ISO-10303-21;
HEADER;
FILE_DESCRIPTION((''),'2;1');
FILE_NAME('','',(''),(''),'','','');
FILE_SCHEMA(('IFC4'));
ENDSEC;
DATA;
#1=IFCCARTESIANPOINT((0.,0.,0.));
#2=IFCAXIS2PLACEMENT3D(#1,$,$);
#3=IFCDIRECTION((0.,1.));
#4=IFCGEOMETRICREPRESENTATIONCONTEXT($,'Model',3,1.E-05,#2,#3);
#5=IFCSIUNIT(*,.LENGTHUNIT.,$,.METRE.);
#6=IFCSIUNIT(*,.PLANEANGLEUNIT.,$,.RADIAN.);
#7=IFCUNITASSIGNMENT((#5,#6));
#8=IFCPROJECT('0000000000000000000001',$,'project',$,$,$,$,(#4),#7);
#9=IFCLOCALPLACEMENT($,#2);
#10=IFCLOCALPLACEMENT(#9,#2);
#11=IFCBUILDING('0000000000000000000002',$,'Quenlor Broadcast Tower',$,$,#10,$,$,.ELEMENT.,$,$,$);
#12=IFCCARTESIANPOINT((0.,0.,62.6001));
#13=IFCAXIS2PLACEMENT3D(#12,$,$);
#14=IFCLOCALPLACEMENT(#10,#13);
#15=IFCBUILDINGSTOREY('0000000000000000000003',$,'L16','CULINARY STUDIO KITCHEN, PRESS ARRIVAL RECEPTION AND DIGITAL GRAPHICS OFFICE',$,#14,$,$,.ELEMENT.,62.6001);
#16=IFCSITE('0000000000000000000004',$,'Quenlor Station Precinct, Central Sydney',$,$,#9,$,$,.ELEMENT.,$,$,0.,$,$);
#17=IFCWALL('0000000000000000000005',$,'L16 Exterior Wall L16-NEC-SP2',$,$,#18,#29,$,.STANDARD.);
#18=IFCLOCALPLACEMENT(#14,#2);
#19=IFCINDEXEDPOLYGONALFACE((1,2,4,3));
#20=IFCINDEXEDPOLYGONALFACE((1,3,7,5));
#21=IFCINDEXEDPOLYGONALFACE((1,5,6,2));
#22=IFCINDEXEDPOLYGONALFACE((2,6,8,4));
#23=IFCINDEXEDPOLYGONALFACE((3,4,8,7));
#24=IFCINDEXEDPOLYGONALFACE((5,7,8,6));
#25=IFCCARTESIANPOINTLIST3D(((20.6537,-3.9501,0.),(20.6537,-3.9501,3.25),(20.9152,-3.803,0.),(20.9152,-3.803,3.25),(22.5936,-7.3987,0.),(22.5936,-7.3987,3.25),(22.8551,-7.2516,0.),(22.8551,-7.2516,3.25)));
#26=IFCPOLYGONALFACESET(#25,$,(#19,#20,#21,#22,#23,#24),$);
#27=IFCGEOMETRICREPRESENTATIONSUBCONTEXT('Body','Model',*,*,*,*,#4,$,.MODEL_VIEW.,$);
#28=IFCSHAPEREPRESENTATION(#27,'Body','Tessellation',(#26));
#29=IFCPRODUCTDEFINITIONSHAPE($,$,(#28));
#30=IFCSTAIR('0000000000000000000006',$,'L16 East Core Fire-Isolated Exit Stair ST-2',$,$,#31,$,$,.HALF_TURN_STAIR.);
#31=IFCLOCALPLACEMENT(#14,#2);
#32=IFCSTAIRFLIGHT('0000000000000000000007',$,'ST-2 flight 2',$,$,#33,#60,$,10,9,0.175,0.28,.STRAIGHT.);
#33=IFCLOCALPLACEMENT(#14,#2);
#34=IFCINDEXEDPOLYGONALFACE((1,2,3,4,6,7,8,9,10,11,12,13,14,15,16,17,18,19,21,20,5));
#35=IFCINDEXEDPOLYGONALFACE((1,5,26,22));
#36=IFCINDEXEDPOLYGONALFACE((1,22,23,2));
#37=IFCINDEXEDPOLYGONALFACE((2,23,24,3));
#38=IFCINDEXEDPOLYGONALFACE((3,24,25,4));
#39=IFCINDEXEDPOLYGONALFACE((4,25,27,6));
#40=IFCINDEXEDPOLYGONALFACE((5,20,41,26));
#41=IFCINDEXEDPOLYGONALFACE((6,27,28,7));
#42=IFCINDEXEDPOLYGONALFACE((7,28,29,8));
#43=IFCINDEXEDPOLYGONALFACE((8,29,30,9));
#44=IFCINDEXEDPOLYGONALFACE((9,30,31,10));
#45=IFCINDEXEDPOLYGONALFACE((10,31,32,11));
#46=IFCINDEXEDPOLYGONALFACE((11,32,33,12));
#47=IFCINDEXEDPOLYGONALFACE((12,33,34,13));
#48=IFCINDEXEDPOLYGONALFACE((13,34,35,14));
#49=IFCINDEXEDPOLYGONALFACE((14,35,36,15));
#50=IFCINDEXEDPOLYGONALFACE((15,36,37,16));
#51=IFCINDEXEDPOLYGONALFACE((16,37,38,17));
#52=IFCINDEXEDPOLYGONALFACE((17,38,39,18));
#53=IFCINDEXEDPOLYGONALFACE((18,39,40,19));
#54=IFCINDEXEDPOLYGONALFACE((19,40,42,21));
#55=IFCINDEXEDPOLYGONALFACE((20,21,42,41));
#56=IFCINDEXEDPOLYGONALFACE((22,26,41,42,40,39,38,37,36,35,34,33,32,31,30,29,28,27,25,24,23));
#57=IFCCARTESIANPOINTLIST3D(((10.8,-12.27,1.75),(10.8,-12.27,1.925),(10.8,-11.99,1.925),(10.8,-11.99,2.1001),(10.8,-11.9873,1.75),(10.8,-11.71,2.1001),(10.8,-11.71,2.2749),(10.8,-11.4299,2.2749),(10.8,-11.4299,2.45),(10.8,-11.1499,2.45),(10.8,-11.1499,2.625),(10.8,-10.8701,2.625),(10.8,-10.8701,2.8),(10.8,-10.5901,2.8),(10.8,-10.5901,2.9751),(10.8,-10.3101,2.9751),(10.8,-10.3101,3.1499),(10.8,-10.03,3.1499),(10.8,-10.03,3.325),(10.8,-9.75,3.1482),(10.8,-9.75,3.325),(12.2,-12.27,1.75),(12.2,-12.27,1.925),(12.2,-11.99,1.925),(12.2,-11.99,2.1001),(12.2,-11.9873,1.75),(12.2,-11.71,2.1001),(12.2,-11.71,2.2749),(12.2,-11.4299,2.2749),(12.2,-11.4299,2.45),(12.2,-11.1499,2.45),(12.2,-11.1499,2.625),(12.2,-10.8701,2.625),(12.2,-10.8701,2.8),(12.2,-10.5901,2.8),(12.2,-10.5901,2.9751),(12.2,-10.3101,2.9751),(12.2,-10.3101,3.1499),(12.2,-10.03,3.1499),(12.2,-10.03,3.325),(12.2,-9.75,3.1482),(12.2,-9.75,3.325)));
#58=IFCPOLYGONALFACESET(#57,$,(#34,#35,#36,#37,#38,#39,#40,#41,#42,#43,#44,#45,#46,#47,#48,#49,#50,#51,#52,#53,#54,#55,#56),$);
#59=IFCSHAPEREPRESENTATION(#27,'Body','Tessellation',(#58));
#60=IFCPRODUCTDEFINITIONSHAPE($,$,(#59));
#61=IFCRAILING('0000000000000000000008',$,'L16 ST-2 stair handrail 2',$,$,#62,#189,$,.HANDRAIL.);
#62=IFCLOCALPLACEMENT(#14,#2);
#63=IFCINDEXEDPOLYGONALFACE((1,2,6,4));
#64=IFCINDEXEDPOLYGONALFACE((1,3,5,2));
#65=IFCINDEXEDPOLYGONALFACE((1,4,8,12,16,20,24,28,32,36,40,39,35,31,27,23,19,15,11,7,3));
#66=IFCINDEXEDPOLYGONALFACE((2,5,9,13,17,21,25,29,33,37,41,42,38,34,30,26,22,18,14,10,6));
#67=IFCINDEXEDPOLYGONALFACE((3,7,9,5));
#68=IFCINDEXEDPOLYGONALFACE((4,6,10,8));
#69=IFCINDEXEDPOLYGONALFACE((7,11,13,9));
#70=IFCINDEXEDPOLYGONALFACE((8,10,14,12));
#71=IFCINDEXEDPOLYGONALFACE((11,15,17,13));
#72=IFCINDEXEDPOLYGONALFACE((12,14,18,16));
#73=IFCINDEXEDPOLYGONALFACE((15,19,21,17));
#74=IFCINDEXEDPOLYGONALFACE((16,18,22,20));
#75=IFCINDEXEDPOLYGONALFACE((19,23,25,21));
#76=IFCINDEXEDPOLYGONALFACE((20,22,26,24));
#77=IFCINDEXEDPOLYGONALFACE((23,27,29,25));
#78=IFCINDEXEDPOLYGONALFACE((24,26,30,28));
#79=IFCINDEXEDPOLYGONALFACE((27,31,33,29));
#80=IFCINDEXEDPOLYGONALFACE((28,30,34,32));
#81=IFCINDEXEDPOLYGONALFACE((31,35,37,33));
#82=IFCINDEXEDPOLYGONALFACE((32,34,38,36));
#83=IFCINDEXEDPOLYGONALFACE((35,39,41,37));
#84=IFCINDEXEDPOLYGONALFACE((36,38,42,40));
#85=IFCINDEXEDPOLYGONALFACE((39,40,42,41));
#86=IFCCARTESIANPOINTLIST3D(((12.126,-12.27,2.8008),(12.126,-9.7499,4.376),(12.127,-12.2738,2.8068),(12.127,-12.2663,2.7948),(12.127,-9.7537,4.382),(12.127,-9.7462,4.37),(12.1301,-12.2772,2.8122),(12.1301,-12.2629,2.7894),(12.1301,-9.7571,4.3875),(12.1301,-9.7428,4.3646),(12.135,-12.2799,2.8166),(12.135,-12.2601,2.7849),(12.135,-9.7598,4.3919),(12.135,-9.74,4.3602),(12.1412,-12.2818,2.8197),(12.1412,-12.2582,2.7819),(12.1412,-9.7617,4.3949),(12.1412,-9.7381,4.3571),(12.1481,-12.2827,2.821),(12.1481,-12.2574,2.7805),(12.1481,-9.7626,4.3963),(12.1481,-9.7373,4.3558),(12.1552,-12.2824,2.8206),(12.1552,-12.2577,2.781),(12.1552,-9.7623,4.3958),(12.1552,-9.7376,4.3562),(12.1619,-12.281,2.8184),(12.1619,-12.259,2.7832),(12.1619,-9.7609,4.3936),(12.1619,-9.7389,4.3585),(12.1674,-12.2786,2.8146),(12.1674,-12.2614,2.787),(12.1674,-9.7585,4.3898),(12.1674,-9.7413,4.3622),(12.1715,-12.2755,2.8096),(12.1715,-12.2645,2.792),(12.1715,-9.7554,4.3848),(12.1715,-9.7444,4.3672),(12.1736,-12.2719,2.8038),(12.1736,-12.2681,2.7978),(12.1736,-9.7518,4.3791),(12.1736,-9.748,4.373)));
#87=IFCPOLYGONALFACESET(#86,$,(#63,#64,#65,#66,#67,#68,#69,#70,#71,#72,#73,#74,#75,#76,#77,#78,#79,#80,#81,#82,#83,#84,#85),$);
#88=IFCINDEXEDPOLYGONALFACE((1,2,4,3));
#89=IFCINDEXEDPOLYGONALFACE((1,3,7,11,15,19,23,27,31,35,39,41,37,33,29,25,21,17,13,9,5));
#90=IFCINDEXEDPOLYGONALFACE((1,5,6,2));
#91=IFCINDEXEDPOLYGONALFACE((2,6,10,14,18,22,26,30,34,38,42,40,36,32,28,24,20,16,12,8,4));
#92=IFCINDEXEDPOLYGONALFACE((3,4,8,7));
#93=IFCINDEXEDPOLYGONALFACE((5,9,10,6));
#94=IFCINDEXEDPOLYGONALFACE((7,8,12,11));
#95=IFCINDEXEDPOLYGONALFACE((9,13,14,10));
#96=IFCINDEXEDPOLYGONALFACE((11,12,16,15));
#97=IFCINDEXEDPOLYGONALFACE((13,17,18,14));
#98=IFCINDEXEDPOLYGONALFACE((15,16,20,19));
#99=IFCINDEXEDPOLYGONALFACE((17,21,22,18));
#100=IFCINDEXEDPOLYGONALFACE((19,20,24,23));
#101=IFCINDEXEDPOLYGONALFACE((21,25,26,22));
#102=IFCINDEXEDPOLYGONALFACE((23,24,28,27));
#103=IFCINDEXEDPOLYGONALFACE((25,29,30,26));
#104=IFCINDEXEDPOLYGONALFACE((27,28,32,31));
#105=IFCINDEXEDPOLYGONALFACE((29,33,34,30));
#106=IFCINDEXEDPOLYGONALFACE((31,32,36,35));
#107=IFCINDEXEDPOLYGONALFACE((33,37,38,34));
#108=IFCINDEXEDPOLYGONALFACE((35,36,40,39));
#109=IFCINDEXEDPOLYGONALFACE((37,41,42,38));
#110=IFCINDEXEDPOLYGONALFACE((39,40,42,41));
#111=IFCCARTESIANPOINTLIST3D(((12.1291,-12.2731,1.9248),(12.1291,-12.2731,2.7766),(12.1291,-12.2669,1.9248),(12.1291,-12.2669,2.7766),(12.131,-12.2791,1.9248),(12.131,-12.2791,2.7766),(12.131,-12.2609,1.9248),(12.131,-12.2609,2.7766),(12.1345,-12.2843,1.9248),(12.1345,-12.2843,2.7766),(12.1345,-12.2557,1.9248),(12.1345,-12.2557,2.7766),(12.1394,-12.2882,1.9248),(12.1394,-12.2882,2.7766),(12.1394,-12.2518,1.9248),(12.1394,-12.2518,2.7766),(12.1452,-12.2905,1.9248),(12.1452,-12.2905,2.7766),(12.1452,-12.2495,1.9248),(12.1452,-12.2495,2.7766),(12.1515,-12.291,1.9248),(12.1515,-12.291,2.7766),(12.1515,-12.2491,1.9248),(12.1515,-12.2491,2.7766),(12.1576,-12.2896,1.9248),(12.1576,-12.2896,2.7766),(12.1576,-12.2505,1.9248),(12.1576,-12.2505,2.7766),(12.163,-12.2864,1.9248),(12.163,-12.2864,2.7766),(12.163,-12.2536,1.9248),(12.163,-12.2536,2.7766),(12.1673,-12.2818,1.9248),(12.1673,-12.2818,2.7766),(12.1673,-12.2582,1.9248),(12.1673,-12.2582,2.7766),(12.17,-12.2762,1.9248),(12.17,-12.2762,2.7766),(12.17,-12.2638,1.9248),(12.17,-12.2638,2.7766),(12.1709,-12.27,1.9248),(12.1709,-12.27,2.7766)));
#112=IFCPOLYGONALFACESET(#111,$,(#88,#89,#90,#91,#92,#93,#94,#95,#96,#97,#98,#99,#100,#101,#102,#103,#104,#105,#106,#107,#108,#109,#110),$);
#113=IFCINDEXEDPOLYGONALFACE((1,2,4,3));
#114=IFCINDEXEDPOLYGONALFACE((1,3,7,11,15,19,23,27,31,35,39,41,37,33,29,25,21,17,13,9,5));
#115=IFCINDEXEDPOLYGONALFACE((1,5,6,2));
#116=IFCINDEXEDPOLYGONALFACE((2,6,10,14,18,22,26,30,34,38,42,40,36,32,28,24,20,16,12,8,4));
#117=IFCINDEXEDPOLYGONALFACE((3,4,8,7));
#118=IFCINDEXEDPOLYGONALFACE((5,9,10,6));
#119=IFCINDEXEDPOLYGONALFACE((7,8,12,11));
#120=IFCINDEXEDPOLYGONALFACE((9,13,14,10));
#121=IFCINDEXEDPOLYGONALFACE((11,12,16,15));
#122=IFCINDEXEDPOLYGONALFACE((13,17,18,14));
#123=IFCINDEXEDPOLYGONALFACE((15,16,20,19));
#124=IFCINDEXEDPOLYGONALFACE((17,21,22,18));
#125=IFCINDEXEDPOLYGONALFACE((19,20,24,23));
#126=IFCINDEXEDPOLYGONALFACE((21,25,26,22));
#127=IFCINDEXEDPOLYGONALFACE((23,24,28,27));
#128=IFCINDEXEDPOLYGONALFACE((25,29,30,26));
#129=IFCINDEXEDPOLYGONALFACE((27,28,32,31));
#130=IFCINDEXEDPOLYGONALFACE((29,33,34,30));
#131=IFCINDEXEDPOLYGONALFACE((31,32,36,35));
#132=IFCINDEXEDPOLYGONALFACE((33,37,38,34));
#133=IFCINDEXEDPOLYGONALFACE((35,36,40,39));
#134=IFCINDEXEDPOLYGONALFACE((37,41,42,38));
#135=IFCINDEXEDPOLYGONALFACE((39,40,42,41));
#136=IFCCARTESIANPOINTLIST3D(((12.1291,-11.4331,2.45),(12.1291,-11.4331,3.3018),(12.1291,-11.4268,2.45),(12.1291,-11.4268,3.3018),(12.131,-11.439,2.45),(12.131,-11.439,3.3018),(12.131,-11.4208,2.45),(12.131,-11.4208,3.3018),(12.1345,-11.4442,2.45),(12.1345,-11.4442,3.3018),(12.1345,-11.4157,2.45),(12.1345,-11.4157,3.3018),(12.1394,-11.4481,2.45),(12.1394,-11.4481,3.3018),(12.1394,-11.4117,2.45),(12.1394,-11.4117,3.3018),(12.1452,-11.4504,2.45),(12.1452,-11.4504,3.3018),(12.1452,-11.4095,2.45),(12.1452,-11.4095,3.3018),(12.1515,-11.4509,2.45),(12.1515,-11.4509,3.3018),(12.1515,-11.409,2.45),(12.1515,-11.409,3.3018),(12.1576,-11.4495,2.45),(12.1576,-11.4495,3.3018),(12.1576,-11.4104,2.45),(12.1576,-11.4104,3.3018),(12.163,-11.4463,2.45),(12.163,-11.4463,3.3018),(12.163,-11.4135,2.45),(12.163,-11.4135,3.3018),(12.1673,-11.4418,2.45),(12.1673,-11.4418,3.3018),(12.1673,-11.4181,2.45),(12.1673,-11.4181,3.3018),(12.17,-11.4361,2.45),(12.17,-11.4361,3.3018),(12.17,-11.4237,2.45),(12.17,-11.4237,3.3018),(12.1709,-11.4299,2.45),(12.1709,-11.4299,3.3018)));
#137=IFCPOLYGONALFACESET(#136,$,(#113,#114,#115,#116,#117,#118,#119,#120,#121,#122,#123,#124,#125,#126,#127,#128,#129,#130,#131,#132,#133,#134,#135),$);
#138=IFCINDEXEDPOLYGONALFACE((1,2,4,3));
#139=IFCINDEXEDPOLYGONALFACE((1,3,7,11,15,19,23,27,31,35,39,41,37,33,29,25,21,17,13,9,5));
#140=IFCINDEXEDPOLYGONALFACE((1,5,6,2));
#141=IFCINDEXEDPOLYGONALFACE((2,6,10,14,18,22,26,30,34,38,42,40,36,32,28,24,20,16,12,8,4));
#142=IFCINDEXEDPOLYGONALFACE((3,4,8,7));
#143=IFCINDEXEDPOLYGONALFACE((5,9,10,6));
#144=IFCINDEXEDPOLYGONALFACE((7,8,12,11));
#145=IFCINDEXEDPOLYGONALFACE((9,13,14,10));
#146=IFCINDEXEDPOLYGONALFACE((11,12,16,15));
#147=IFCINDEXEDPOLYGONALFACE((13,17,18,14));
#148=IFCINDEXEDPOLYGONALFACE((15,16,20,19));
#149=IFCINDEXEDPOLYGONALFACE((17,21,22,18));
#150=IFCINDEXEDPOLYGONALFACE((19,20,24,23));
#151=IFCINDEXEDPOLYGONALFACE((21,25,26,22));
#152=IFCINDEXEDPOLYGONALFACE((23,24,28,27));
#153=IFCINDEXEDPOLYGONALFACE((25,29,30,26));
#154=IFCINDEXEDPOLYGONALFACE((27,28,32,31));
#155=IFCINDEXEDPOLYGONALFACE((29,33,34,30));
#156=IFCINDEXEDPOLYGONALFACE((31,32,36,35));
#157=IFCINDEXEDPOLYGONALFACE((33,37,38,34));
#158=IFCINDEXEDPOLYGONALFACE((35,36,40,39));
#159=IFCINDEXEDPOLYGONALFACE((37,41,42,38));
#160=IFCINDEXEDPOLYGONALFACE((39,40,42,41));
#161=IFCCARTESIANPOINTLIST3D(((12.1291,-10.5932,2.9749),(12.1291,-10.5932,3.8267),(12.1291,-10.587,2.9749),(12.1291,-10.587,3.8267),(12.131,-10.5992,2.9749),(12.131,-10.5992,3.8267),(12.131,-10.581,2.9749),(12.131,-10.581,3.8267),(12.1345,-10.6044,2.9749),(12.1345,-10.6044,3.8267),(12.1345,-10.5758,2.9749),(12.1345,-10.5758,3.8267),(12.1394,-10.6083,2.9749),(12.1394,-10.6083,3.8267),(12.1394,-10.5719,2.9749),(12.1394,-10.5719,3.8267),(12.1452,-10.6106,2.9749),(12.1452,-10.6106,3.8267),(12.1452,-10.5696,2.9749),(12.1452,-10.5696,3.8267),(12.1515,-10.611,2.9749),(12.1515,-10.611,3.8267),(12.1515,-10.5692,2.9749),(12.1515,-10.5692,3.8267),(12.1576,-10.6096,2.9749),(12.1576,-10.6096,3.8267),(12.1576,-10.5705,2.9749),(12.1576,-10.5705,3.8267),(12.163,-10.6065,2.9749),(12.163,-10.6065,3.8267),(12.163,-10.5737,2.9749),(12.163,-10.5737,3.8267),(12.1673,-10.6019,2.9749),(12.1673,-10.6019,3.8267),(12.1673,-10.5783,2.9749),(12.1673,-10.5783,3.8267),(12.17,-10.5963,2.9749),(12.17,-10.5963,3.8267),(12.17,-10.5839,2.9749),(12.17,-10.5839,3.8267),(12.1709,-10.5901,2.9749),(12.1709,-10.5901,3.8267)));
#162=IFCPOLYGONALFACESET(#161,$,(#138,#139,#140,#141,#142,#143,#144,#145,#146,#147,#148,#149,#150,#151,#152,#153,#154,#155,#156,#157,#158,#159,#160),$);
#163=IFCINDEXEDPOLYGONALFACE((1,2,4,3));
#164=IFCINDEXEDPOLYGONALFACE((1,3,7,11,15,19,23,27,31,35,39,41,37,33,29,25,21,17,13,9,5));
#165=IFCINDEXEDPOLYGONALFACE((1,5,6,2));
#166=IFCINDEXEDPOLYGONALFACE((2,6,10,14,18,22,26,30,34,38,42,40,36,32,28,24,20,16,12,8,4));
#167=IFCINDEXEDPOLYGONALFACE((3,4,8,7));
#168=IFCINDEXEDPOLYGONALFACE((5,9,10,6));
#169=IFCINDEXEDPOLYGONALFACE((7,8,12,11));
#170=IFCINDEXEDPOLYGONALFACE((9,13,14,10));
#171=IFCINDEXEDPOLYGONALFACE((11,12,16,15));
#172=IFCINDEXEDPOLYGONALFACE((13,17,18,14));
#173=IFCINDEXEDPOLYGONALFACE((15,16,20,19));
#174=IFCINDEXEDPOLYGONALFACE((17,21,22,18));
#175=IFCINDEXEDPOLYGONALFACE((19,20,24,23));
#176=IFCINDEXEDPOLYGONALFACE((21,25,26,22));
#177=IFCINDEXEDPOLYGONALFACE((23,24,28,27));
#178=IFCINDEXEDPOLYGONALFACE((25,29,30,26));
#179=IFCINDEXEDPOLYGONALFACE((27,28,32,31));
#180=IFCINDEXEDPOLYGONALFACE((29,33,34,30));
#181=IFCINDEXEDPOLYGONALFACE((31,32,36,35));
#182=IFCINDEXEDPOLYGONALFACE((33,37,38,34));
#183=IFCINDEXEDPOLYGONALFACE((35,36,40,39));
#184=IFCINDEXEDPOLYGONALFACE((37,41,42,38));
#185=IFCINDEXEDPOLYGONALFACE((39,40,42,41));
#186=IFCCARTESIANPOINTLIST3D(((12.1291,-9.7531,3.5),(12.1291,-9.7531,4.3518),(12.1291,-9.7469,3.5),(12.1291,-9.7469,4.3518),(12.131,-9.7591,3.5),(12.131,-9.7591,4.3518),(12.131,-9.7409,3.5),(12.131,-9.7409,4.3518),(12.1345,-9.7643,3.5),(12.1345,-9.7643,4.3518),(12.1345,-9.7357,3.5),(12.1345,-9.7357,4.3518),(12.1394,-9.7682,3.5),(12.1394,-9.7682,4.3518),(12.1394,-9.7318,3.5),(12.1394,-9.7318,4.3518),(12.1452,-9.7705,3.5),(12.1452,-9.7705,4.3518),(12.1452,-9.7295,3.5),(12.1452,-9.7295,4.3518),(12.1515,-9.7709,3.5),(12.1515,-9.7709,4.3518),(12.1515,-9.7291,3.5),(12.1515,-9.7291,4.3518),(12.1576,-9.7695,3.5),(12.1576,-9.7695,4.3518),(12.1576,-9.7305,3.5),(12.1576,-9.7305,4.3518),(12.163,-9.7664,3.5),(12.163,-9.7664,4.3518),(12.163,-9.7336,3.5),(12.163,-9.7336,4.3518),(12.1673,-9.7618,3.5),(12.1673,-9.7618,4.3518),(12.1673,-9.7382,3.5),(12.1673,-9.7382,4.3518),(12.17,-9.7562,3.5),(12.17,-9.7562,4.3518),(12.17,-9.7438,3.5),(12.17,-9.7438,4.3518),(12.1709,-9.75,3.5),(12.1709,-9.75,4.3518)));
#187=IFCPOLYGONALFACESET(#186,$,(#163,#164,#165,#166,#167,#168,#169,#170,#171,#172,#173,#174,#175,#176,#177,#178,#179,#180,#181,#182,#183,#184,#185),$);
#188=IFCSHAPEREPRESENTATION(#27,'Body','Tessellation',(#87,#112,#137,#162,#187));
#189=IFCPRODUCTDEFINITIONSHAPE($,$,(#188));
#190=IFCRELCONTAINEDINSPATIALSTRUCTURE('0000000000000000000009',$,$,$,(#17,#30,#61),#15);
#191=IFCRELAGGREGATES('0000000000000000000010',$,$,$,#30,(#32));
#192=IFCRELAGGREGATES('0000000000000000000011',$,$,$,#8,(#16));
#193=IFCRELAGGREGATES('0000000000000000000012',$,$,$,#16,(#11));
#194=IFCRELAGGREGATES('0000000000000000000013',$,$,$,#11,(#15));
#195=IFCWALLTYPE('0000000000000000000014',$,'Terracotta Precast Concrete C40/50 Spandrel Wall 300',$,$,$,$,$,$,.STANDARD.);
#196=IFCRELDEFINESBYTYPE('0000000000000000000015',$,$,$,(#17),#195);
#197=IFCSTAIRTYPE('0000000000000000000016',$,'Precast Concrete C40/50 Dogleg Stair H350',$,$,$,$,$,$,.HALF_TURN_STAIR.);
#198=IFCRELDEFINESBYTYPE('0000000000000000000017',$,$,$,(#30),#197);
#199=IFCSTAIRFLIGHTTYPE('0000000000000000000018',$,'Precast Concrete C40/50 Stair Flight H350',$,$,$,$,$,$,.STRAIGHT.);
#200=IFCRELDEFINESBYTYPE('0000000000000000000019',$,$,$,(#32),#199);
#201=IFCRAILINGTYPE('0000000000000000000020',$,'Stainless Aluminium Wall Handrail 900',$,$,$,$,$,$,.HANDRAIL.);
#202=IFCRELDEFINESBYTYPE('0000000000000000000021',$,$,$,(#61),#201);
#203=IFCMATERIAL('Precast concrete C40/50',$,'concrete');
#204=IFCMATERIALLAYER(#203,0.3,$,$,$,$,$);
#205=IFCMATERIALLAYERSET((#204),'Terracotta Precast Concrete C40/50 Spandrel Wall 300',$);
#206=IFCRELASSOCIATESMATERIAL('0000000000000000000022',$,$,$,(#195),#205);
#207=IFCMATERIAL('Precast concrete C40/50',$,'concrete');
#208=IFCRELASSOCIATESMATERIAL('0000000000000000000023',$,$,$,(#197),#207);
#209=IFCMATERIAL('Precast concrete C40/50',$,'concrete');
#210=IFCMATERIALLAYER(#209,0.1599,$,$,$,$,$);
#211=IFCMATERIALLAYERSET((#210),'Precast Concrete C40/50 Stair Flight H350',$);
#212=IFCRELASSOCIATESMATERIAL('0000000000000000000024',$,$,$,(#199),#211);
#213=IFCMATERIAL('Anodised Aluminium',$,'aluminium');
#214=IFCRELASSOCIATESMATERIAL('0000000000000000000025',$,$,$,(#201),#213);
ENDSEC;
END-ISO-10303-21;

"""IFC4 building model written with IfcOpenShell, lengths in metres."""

from ifc_helpers import new_model, si_unit, direction, frame, frame_2d, origin, origin_2d, place, context, subcontext, project, spatial, polyline, rectangle, circle, outline, extrude, material, layer, layer_set, type_object, element, aggregate, save


model = new_model("IFC4")

# Units and contexts
model_context = context("Model", 3, precision=1e-05, world=origin(), true_north=direction((0.0, 1.0)))
body_context = subcontext(model_context, "Body", "Model", "MODEL_VIEW")
ifc_project = project(units=[si_unit("LENGTHUNIT", "METRE"), si_unit("PLANEANGLEUNIT", "RADIAN")], contexts=[model_context])

# Site, building, storey
site_placement = place(None, origin())
site = spatial("IfcSite", under=ifc_project, at=site_placement, Name="Quenlor Station Precinct, Central Sydney", CompositionType="ELEMENT", RefElevation=0.0)
building_placement = place(site_placement, origin())
building = spatial("IfcBuilding", under=site, at=building_placement, Name="Quenlor Broadcast Tower", CompositionType="ELEMENT")
storey_placement = place(building_placement, frame((0.0, 0.0, 62.6001)))
storey = spatial("IfcBuildingStorey", under=building, at=storey_placement, Name="L16", Description="CULINARY STUDIO KITCHEN, PRESS ARRIVAL RECEPTION AND DIGITAL GRAPHICS OFFICE", CompositionType="ELEMENT", Elevation=62.6001)

# Wall
ifc_material_1 = material(Name="Precast concrete C40/50", Category="concrete")
ifc_layer_1 = layer(ifc_material_1, 0.3)
ifc_layer_set_1 = layer_set([ifc_layer_1], Name="Terracotta Precast Concrete C40/50 Spandrel Wall 300")
wall_type_1 = type_object("IfcWallType", Name="Terracotta Precast Concrete C40/50 Spandrel Wall 300", PredefinedType="STANDARD", material=ifc_layer_set_1)
wall_1_placement = place(storey_placement, frame((20.7844, -3.8765, 0.0), z_axis=(0.0, 0.0, 1.0), x_axis=(0.490267, -0.871572, 0.0)))
element("IfcWall", 1, at=wall_1_placement, inside=storey, type_object=wall_type_1, Name="L16 Exterior Wall L16-NEC-SP2", PredefinedType="STANDARD", context=body_context, shape_type="SweptSolid", body=[
    extrude(rectangle(XDim=3.9568, YDim=0.3, at=frame_2d((1.9785, 0.0))), origin(), (0.0, 0.0, 1.0), 3.25),
])

# Stair, stair flight
ifc_material_2 = material(Name="Precast concrete C40/50", Category="concrete")
stair_type = type_object("IfcStairType", Name="Precast Concrete C40/50 Dogleg Stair H350", PredefinedType="HALF_TURN_STAIR", material=ifc_material_2)
stair_placement = place(storey_placement, origin())
stair = element("IfcStair", 2, at=stair_placement, inside=storey, type_object=stair_type, Name="L16 East Core Fire-Isolated Exit Stair ST-2", PredefinedType="HALF_TURN_STAIR")
ifc_material_3 = material(Name="Precast concrete C40/50", Category="concrete")
ifc_layer_2 = layer(ifc_material_3, 0.1599)
ifc_layer_set_2 = layer_set([ifc_layer_2], Name="Precast Concrete C40/50 Stair Flight H350")
stair_flight_type = type_object("IfcStairFlightType", Name="Precast Concrete C40/50 Stair Flight H350", PredefinedType="STRAIGHT", material=ifc_layer_set_2)
stair_flight_placement = place(storey_placement, frame((11.5, -12.27, 1.75), z_axis=(0.0, 0.0, 1.0), x_axis=(0.0, 1.0, 0.0)))
stair_flight = element("IfcStairFlight", 3, at=stair_flight_placement, type_object=stair_flight_type, Name="ST-2 flight 2", NumberOfRisers=10, NumberOfTreads=9, PredefinedType="STRAIGHT", RiserHeight=0.175, TreadLength=0.28, context=body_context, shape_type="SweptSolid", body=[
    extrude(outline(polyline([(0.0, 0.0), (0.0, 0.175), (0.28, 0.175), (0.28, 0.3501), (0.5601, 0.3501), (0.5601, 0.5249), (0.8401, 0.5249), (0.8401, 0.7), (1.1201, 0.7), (1.1201, 0.875), (1.3999, 0.875), (1.3999, 1.05), (1.6799, 1.05), (1.6799, 1.2251), (1.96, 1.2251), (1.96, 1.3999), (2.24, 1.3999), (2.24, 1.575), (2.52, 1.575), (2.52, 1.75), (2.52, 1.3982), (0.2827, 0.0), (0.0, 0.0)])), frame((0.0, 0.7, 0.0), z_axis=(0.0, -1.0, 0.0), x_axis=(1.0, 0.0, 0.0)), (0.0, 0.0, 1.0), 1.3999),
])
aggregate(stair, [stair_flight])

# Railing
ifc_material_4 = material(Name="Anodised Aluminium", Category="aluminium")
railing_type_1 = type_object("IfcRailingType", Name="Stainless Aluminium Wall Handrail 900", PredefinedType="HANDRAIL", material=ifc_material_4)
railing_1_placement = place(storey_placement, frame((12.1499, -12.27, 1.9248)))
element("IfcRailing", 4, at=railing_1_placement, inside=storey, type_object=railing_type_1, Name="L16 ST-2 stair handrail 2", PredefinedType="HANDRAIL", context=body_context, shape_type="SweptSolid", body=[
    extrude(circle(Radius=0.0239, at=origin_2d()), frame((0.0, 0.0, 0.876), z_axis=(0.0, 0.847971, 0.530043), x_axis=(-1.0, 0.0, 0.0)), (0.0, 0.0, 1.0), 2.9719),
    extrude(circle(Radius=0.021, at=origin_2d()), origin(), (0.0, 0.0, 1.0), 0.8518),
    extrude(circle(Radius=0.021, at=origin_2d()), frame((0.0, 0.8401, 0.5251)), (0.0, 0.0, 1.0), 0.8518),
    extrude(circle(Radius=0.021, at=origin_2d()), frame((0.0, 1.6799, 1.05)), (0.0, 0.0, 1.0), 0.8518),
    extrude(circle(Radius=0.021, at=origin_2d()), frame((0.0, 2.52, 1.5752)), (0.0, 0.0, 1.0), 0.8518),
])

save(model, "model.ifc")
